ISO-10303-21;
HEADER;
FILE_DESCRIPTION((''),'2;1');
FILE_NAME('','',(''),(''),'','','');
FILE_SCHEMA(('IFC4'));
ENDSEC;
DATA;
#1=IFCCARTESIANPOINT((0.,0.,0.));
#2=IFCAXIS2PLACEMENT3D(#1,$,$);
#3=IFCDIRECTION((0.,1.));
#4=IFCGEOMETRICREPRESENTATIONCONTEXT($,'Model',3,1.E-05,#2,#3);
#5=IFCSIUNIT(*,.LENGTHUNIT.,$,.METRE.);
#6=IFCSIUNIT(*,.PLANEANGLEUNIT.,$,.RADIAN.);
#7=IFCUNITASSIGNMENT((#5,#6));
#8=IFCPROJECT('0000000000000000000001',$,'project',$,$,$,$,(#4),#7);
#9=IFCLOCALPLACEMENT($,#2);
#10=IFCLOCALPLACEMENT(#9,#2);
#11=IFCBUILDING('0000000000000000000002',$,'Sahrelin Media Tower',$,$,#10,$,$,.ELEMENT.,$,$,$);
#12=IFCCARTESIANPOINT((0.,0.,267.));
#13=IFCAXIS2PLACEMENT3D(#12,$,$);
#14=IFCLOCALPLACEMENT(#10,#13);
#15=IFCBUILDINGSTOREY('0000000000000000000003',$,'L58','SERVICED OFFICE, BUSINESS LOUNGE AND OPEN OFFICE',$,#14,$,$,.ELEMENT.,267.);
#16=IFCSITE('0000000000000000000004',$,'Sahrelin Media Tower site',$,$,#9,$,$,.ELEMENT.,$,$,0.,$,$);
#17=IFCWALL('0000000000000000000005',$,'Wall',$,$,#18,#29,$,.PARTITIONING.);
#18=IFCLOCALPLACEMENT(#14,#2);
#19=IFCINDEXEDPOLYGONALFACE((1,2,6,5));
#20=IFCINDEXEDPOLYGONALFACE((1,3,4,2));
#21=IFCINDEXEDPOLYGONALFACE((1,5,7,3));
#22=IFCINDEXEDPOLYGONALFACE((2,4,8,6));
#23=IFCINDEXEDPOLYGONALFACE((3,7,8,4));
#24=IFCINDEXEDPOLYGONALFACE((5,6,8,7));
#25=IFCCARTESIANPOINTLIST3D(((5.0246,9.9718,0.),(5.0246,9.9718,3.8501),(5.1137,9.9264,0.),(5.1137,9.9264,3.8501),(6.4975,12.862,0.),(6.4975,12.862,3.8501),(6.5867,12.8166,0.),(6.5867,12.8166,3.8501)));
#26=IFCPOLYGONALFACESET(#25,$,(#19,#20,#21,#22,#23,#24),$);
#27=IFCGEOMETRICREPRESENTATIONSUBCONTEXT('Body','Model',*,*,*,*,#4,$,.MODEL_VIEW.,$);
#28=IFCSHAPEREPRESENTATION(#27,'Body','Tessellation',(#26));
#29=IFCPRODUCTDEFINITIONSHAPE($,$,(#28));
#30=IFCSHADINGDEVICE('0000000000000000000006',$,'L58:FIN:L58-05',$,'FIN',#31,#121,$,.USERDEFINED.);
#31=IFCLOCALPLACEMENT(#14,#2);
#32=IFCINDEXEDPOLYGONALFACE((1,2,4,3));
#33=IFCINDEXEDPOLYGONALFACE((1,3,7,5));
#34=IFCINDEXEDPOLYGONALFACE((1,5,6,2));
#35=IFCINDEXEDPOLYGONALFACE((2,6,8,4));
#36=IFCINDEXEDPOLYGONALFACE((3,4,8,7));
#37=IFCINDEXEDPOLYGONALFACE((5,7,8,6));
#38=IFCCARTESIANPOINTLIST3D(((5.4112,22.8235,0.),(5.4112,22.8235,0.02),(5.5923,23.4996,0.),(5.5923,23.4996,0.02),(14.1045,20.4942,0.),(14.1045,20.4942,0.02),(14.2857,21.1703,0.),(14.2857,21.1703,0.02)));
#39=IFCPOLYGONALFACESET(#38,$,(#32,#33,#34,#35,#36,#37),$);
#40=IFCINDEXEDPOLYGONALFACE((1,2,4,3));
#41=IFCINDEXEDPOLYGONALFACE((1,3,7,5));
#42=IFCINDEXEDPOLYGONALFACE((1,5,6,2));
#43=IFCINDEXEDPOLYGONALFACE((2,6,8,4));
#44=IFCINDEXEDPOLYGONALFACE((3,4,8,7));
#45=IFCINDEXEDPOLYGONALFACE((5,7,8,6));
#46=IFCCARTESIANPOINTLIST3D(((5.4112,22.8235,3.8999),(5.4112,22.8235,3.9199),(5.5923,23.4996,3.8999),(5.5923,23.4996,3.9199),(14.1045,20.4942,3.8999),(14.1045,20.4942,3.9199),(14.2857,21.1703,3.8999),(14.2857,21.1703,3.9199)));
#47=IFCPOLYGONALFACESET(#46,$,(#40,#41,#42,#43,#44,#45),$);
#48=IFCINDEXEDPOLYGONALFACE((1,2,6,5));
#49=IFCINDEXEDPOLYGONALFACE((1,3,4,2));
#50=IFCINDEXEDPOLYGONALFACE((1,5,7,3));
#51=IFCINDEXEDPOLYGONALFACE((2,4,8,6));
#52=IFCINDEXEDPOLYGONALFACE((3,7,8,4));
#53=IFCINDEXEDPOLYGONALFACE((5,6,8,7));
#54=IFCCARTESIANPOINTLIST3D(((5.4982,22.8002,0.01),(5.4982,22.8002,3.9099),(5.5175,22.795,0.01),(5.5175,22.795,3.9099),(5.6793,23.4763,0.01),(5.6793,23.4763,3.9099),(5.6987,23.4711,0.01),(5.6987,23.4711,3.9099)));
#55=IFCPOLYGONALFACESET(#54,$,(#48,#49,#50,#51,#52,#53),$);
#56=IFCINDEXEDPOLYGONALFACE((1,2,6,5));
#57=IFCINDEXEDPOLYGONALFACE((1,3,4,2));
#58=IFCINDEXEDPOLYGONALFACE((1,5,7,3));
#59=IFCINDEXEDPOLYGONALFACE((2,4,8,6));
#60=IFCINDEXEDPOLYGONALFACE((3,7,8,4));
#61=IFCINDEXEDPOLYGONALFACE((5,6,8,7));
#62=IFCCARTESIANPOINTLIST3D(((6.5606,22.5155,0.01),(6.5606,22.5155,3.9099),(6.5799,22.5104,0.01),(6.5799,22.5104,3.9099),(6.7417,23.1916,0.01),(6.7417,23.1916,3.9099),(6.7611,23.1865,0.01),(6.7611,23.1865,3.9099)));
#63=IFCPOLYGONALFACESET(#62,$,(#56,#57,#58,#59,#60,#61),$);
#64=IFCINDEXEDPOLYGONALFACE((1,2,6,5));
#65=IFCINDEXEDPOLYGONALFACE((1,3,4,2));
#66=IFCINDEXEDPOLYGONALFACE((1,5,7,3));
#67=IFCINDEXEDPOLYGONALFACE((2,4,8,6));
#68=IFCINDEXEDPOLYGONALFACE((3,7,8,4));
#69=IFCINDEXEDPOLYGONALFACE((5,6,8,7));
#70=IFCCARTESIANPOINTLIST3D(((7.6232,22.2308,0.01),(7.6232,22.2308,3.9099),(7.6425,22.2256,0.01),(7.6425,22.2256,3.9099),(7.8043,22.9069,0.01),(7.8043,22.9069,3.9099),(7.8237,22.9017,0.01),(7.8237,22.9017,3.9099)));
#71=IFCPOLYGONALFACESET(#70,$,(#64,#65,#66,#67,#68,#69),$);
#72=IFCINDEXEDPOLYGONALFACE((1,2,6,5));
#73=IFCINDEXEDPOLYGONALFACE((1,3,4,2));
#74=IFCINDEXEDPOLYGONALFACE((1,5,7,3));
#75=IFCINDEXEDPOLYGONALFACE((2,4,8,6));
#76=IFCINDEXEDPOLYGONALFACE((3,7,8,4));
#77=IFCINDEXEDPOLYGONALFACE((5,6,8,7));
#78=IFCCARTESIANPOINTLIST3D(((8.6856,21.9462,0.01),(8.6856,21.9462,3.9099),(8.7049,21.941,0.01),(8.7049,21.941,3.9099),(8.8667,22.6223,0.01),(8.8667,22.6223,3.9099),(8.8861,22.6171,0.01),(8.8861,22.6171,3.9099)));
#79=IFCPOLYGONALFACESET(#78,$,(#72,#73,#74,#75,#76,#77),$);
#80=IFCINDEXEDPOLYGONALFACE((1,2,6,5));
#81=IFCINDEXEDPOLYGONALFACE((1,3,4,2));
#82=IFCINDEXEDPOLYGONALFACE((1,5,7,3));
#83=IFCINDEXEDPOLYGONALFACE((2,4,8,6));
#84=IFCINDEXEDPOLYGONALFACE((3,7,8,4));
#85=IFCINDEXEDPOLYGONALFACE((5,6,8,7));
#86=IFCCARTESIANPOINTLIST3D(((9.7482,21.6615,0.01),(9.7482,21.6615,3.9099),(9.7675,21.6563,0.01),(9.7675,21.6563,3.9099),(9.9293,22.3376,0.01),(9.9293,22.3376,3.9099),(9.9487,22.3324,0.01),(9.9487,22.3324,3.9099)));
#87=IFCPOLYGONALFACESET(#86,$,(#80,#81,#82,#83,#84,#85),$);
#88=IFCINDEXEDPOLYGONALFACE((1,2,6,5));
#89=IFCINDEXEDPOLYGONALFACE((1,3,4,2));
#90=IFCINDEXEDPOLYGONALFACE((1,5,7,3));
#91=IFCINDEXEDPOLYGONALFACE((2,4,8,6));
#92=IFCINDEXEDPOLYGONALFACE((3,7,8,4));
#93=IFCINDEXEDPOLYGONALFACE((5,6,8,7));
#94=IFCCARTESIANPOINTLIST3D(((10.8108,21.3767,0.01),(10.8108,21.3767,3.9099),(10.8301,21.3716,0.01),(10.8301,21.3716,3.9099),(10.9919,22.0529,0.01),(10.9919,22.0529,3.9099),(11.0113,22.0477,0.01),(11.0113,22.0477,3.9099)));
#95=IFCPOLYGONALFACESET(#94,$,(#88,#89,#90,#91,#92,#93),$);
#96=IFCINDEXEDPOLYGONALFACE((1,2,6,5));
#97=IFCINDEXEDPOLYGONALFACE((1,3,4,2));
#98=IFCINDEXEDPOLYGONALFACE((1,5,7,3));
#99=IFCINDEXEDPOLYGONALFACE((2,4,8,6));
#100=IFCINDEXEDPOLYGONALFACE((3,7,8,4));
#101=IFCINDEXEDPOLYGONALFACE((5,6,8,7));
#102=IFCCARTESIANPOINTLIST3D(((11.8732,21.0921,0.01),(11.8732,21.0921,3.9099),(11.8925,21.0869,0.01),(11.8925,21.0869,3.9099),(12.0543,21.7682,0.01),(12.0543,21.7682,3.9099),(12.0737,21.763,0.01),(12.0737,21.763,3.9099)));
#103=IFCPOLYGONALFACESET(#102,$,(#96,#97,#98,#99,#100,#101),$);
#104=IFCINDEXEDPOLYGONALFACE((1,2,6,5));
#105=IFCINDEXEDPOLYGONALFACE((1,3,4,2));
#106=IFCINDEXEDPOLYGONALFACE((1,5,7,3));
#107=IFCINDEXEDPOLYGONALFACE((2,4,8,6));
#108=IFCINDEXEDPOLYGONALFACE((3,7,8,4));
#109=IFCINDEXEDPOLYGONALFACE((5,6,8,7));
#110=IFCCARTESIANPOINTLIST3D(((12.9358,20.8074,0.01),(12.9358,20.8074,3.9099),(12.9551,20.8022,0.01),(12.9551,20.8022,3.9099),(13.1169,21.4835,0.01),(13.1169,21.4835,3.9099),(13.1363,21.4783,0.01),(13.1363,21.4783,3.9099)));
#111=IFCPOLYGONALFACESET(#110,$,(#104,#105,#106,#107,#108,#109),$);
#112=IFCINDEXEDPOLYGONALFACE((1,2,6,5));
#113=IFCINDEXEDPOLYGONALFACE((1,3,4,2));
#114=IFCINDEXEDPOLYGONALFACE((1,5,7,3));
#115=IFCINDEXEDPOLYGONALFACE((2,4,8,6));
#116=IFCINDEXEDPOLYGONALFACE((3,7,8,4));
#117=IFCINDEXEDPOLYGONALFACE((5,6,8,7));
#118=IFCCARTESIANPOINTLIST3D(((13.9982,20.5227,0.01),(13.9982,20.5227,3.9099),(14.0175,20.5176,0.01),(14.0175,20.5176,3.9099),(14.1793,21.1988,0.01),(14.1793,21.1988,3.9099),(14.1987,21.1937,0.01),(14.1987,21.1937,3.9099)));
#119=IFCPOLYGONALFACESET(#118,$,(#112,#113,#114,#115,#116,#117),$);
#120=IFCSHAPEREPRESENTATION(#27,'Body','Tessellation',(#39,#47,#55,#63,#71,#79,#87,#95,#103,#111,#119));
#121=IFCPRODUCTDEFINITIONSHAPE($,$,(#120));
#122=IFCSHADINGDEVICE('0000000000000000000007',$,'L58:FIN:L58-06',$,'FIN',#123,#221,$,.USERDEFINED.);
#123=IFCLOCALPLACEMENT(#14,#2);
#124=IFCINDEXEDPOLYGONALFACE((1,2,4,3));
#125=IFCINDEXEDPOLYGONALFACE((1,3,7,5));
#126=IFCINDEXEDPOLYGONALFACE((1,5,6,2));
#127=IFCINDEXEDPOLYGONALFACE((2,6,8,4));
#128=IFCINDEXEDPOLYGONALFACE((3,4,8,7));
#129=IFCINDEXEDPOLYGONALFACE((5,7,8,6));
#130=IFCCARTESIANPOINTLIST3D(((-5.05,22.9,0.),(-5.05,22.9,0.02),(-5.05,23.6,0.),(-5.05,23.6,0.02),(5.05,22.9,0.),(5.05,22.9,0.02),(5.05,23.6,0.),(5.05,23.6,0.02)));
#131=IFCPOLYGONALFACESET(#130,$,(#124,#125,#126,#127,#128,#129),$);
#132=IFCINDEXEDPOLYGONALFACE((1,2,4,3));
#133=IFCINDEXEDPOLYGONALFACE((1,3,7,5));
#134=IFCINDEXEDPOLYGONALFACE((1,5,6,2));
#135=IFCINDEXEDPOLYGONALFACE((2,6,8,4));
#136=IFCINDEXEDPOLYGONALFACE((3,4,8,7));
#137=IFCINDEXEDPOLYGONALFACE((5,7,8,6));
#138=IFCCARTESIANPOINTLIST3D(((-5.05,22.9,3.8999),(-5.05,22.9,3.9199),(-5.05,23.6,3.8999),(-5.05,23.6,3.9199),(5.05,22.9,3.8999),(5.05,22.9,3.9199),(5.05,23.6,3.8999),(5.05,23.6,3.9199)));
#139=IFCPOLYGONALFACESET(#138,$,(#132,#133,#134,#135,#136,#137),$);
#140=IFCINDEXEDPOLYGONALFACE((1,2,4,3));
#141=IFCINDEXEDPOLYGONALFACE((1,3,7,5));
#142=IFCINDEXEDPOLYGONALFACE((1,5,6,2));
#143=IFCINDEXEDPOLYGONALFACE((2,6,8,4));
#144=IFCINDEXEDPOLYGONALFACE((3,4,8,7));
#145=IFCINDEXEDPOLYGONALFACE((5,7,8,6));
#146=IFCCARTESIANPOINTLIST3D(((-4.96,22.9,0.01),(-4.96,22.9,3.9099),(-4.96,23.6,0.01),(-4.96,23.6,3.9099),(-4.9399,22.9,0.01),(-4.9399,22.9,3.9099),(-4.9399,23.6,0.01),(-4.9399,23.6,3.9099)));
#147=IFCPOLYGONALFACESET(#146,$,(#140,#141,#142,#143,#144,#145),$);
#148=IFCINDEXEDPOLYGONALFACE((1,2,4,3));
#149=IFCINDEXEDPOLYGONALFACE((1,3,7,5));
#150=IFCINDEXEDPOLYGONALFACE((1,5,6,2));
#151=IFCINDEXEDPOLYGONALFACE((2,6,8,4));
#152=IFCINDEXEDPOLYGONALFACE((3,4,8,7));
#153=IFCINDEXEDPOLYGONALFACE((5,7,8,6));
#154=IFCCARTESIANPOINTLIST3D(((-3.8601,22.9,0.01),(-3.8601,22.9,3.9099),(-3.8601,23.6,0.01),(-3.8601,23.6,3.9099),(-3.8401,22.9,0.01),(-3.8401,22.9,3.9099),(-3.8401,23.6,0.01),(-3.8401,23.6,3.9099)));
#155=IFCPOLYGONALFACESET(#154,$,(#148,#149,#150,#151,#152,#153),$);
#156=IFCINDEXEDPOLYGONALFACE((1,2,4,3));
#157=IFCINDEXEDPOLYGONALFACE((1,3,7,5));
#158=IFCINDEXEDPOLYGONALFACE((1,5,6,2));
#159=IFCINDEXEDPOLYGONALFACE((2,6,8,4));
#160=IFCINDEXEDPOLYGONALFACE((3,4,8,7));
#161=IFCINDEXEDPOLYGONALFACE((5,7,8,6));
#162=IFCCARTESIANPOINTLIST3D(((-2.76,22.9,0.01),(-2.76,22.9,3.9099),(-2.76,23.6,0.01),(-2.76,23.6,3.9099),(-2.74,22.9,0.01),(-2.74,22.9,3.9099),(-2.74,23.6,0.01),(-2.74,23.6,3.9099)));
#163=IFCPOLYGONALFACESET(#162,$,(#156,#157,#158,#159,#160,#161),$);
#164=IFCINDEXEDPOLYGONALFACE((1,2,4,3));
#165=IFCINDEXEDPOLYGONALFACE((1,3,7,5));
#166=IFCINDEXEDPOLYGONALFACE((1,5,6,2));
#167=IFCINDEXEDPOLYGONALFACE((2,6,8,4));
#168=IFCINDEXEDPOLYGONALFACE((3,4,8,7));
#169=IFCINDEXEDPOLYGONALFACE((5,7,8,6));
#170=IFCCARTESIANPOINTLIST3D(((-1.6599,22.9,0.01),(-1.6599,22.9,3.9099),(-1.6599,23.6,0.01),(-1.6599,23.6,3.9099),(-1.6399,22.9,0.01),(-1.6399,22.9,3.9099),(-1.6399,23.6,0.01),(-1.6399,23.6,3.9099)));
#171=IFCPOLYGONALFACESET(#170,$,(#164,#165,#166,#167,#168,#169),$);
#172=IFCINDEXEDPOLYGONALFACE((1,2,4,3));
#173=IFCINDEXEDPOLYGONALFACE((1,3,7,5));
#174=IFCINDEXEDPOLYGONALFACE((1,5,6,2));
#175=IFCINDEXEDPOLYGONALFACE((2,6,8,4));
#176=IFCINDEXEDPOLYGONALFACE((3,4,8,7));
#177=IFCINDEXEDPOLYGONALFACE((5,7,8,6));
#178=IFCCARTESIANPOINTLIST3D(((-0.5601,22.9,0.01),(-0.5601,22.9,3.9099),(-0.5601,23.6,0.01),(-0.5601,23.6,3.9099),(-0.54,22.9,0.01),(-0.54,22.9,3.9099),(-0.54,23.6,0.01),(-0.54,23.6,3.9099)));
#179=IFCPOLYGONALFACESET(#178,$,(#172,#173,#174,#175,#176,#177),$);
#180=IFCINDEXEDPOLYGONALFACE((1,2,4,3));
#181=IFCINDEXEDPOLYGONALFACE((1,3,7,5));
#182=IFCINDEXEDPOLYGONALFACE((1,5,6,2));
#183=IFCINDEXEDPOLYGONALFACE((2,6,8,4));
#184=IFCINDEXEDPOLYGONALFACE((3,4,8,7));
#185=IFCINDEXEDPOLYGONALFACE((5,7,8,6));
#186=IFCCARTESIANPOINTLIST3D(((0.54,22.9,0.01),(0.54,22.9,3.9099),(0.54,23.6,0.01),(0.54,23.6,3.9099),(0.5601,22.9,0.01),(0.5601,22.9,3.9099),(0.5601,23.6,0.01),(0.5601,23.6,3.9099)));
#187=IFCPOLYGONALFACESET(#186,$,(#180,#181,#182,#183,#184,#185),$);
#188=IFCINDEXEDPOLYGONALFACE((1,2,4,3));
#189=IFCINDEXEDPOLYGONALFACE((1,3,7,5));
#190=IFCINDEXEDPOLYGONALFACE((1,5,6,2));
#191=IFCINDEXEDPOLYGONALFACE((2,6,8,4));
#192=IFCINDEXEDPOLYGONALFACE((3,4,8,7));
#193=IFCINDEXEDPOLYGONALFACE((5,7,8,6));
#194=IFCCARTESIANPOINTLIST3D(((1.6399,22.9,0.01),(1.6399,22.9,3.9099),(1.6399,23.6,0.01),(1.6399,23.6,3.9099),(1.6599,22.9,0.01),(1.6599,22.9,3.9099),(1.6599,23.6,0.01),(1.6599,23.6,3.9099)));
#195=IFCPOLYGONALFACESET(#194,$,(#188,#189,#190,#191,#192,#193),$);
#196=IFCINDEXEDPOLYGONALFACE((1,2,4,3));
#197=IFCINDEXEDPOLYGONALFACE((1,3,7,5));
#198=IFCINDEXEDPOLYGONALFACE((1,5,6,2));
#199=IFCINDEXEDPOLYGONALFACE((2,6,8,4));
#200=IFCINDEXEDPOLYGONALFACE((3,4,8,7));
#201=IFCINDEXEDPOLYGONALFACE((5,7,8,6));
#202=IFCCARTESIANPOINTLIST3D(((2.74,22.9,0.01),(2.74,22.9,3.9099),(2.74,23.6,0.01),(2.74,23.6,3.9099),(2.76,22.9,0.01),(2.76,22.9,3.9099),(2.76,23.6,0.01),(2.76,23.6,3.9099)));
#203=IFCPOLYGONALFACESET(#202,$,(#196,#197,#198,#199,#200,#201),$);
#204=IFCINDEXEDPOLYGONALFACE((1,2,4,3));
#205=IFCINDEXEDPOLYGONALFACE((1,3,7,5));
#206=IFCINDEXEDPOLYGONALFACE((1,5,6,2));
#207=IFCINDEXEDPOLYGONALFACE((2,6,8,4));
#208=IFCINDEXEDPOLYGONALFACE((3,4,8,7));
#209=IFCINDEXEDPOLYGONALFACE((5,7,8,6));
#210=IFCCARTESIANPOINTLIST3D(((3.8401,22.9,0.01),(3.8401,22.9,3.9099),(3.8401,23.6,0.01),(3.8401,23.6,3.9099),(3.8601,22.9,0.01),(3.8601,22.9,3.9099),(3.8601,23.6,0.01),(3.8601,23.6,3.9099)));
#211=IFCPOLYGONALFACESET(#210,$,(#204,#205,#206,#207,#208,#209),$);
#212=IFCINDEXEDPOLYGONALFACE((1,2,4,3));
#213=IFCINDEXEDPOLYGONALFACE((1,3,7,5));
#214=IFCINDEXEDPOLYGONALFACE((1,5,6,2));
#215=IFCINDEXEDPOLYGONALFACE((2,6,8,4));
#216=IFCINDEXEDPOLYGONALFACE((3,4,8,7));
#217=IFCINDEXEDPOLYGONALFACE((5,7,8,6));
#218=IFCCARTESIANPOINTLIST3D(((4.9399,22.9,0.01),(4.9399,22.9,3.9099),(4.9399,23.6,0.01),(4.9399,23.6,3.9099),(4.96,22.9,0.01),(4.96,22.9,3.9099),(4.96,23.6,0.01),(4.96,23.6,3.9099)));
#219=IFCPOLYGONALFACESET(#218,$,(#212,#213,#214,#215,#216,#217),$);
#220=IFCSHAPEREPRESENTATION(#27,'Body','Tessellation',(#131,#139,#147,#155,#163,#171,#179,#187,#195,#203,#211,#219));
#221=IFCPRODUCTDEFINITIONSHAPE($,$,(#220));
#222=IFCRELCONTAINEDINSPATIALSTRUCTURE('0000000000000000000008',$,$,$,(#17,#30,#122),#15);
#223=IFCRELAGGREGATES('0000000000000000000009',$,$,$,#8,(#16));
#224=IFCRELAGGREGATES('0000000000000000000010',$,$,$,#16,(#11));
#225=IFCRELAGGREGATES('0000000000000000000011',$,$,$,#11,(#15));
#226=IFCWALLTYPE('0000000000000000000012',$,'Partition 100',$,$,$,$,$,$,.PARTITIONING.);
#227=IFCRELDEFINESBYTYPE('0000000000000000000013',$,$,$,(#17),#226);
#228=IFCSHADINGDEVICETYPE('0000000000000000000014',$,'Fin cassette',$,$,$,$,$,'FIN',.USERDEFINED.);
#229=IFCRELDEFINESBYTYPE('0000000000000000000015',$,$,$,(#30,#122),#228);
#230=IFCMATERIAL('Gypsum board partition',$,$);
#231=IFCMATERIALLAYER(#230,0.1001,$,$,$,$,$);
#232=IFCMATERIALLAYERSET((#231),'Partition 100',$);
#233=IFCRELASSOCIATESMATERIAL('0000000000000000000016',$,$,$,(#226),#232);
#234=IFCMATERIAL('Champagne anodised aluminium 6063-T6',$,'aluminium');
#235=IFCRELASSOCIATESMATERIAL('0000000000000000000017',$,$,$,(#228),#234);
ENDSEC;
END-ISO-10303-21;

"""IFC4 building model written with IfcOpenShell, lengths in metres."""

from ifc_helpers import new_model, si_unit, direction, frame, frame_2d, origin, origin_2d, place, context, subcontext, project, spatial, rectangle, extrude, material, layer, layer_set, type_object, element, save


model = new_model("IFC4")

# Units and contexts
model_context = context("Model", 3, precision=1e-05, world=origin(), true_north=direction((0.0, 1.0)))
body_context = subcontext(model_context, "Body", "Model", "MODEL_VIEW")
ifc_project = project(units=[si_unit("LENGTHUNIT", "METRE"), si_unit("PLANEANGLEUNIT", "RADIAN")], contexts=[model_context])

# Site, building, storey
site_placement = place(None, origin())
site = spatial("IfcSite", under=ifc_project, at=site_placement, Name="Sahrelin Media Tower site", CompositionType="ELEMENT", RefElevation=0.0)
building_placement = place(site_placement, origin())
building = spatial("IfcBuilding", under=site, at=building_placement, Name="Sahrelin Media Tower", CompositionType="ELEMENT")
storey_placement = place(building_placement, frame((0.0, 0.0, 267.0)))
storey = spatial("IfcBuildingStorey", under=building, at=storey_placement, Name="L58", Description="SERVICED OFFICE, BUSINESS LOUNGE AND OPEN OFFICE", CompositionType="ELEMENT", Elevation=267.0)

# Shared definitions
ifc_material_1 = material(Name="Champagne anodised aluminium 6063-T6", Category="aluminium")
placement_1 = place(storey_placement, frame((0.0, 22.8301, 0.0), z_axis=(0.0, 0.0, 1.0), x_axis=(1.0, 0.0, 0.0)))

# Shared definitions
ifc_material_2 = material(Name="Gypsum board partition")
ifc_layer_1 = layer(ifc_material_2, 0.1001)
ifc_layer_set_1 = layer_set([ifc_layer_1], Name="Partition 100")
wall_type_1 = type_object("IfcWallType", Name="Partition 100", PredefinedType="PARTITIONING", material=ifc_layer_set_1)

# Wall
wall_1_placement = place(storey_placement, frame((5.0691, 9.949, 0.0), z_axis=(0.0, 0.0, 1.0), x_axis=(0.454064, 0.890969, 0.0)))
element("IfcWall", 1, at=wall_1_placement, inside=storey, type_object=wall_type_1, Name="Wall", PredefinedType="PARTITIONING", context=body_context, shape_type="SweptSolid", body=[
    extrude(rectangle(XDim=3.2439, YDim=0.1001, at=frame_2d((1.6221, 0.0))), origin(), (0.0, 0.0, 1.0), 3.8501),
])

# Shading devices
shading_device_type_1 = type_object("IfcShadingDeviceType", Name="Fin cassette", ElementType="FIN", PredefinedType="USERDEFINED", material=ifc_material_1)
placement_2 = place(storey_placement, frame((9.7397, 21.5913, 0.0), z_axis=(0.0, 0.0, 1.0), x_axis=(0.965929, -0.258808, 0.0)))
element("IfcShadingDevice", 2, at=placement_2, inside=storey, type_object=shading_device_type_1, Name="L58:FIN:L58-05", ObjectType="FIN", PredefinedType="USERDEFINED", context=body_context, shape_type="SweptSolid", body=[
    extrude(rectangle(XDim=9.0, YDim=0.7, at=origin_2d()), frame((0.0, 0.4199, 0.0)), (0.0, 0.0, 1.0), 0.02),
    extrude(rectangle(XDim=9.0, YDim=0.7, at=origin_2d()), frame((0.0, 0.4199, 3.8999)), (0.0, 0.0, 1.0), 0.02),
    extrude(rectangle(XDim=0.02, YDim=0.7, at=origin_2d()), frame((-4.3999, 0.4199, 0.01), z_axis=(0.0, 0.0, 1.0), x_axis=(1.0, 0.0, 0.0)), (0.0, 0.0, 1.0), 3.8999),
    extrude(rectangle(XDim=0.02, YDim=0.7, at=origin_2d()), frame((-3.3, 0.4199, 0.01), z_axis=(0.0, 0.0, 1.0), x_axis=(1.0, 0.0, 0.0)), (0.0, 0.0, 1.0), 3.8999),
    extrude(rectangle(XDim=0.02, YDim=0.7, at=origin_2d()), frame((-2.2, 0.4199, 0.01), z_axis=(0.0, 0.0, 1.0), x_axis=(1.0, 0.0, 0.0)), (0.0, 0.0, 1.0), 3.8999),
    extrude(rectangle(XDim=0.02, YDim=0.7, at=origin_2d()), frame((-1.1001, 0.4199, 0.01), z_axis=(0.0, 0.0, 1.0), x_axis=(1.0, 0.0, 0.0)), (0.0, 0.0, 1.0), 3.8999),
    extrude(rectangle(XDim=0.02, YDim=0.7, at=origin_2d()), frame((0.0, 0.4199, 0.01), z_axis=(0.0, 0.0, 1.0), x_axis=(1.0, 0.0, 0.0)), (0.0, 0.0, 1.0), 3.8999),
    extrude(rectangle(XDim=0.02, YDim=0.7, at=origin_2d()), frame((1.1001, 0.4199, 0.01), z_axis=(0.0, 0.0, 1.0), x_axis=(1.0, 0.0, 0.0)), (0.0, 0.0, 1.0), 3.8999),
    extrude(rectangle(XDim=0.02, YDim=0.7, at=origin_2d()), frame((2.2, 0.4199, 0.01), z_axis=(0.0, 0.0, 1.0), x_axis=(1.0, 0.0, 0.0)), (0.0, 0.0, 1.0), 3.8999),
    extrude(rectangle(XDim=0.02, YDim=0.7, at=origin_2d()), frame((3.3, 0.4199, 0.01), z_axis=(0.0, 0.0, 1.0), x_axis=(1.0, 0.0, 0.0)), (0.0, 0.0, 1.0), 3.8999),
    extrude(rectangle(XDim=0.02, YDim=0.7, at=origin_2d()), frame((4.3999, 0.4199, 0.01), z_axis=(0.0, 0.0, 1.0), x_axis=(1.0, 0.0, 0.0)), (0.0, 0.0, 1.0), 3.8999),
])
element("IfcShadingDevice", 3, at=placement_1, inside=storey, type_object=shading_device_type_1, Name="L58:FIN:L58-06", ObjectType="FIN", PredefinedType="USERDEFINED", context=body_context, shape_type="SweptSolid", body=[
    extrude(rectangle(XDim=10.1001, YDim=0.7, at=origin_2d()), frame((0.0, 0.4199, 0.0)), (0.0, 0.0, 1.0), 0.02),
    extrude(rectangle(XDim=10.1001, YDim=0.7, at=origin_2d()), frame((0.0, 0.4199, 3.8999)), (0.0, 0.0, 1.0), 0.02),
    extrude(rectangle(XDim=0.02, YDim=0.7, at=origin_2d()), frame((-4.95, 0.4199, 0.01), z_axis=(0.0, 0.0, 1.0), x_axis=(1.0, 0.0, 0.0)), (0.0, 0.0, 1.0), 3.8999),
    extrude(rectangle(XDim=0.02, YDim=0.7, at=origin_2d()), frame((-3.8501, 0.4199, 0.01), z_axis=(0.0, 0.0, 1.0), x_axis=(1.0, 0.0, 0.0)), (0.0, 0.0, 1.0), 3.8999),
    extrude(rectangle(XDim=0.02, YDim=0.7, at=origin_2d()), frame((-2.75, 0.4199, 0.01), z_axis=(0.0, 0.0, 1.0), x_axis=(1.0, 0.0, 0.0)), (0.0, 0.0, 1.0), 3.8999),
    extrude(rectangle(XDim=0.02, YDim=0.7, at=origin_2d()), frame((-1.6499, 0.4199, 0.01), z_axis=(0.0, 0.0, 1.0), x_axis=(1.0, 0.0, 0.0)), (0.0, 0.0, 1.0), 3.8999),
    extrude(rectangle(XDim=0.02, YDim=0.7, at=origin_2d()), frame((-0.55, 0.4199, 0.01), z_axis=(0.0, 0.0, 1.0), x_axis=(1.0, 0.0, 0.0)), (0.0, 0.0, 1.0), 3.8999),
    extrude(rectangle(XDim=0.02, YDim=0.7, at=origin_2d()), frame((0.55, 0.4199, 0.01), z_axis=(0.0, 0.0, 1.0), x_axis=(1.0, 0.0, 0.0)), (0.0, 0.0, 1.0), 3.8999),
    extrude(rectangle(XDim=0.02, YDim=0.7, at=origin_2d()), frame((1.6499, 0.4199, 0.01), z_axis=(0.0, 0.0, 1.0), x_axis=(1.0, 0.0, 0.0)), (0.0, 0.0, 1.0), 3.8999),
    extrude(rectangle(XDim=0.02, YDim=0.7, at=origin_2d()), frame((2.75, 0.4199, 0.01), z_axis=(0.0, 0.0, 1.0), x_axis=(1.0, 0.0, 0.0)), (0.0, 0.0, 1.0), 3.8999),
    extrude(rectangle(XDim=0.02, YDim=0.7, at=origin_2d()), frame((3.8501, 0.4199, 0.01), z_axis=(0.0, 0.0, 1.0), x_axis=(1.0, 0.0, 0.0)), (0.0, 0.0, 1.0), 3.8999),
    extrude(rectangle(XDim=0.02, YDim=0.7, at=origin_2d()), frame((4.95, 0.4199, 0.01), z_axis=(0.0, 0.0, 1.0), x_axis=(1.0, 0.0, 0.0)), (0.0, 0.0, 1.0), 3.8999),
])

save(model, "model.ifc")
